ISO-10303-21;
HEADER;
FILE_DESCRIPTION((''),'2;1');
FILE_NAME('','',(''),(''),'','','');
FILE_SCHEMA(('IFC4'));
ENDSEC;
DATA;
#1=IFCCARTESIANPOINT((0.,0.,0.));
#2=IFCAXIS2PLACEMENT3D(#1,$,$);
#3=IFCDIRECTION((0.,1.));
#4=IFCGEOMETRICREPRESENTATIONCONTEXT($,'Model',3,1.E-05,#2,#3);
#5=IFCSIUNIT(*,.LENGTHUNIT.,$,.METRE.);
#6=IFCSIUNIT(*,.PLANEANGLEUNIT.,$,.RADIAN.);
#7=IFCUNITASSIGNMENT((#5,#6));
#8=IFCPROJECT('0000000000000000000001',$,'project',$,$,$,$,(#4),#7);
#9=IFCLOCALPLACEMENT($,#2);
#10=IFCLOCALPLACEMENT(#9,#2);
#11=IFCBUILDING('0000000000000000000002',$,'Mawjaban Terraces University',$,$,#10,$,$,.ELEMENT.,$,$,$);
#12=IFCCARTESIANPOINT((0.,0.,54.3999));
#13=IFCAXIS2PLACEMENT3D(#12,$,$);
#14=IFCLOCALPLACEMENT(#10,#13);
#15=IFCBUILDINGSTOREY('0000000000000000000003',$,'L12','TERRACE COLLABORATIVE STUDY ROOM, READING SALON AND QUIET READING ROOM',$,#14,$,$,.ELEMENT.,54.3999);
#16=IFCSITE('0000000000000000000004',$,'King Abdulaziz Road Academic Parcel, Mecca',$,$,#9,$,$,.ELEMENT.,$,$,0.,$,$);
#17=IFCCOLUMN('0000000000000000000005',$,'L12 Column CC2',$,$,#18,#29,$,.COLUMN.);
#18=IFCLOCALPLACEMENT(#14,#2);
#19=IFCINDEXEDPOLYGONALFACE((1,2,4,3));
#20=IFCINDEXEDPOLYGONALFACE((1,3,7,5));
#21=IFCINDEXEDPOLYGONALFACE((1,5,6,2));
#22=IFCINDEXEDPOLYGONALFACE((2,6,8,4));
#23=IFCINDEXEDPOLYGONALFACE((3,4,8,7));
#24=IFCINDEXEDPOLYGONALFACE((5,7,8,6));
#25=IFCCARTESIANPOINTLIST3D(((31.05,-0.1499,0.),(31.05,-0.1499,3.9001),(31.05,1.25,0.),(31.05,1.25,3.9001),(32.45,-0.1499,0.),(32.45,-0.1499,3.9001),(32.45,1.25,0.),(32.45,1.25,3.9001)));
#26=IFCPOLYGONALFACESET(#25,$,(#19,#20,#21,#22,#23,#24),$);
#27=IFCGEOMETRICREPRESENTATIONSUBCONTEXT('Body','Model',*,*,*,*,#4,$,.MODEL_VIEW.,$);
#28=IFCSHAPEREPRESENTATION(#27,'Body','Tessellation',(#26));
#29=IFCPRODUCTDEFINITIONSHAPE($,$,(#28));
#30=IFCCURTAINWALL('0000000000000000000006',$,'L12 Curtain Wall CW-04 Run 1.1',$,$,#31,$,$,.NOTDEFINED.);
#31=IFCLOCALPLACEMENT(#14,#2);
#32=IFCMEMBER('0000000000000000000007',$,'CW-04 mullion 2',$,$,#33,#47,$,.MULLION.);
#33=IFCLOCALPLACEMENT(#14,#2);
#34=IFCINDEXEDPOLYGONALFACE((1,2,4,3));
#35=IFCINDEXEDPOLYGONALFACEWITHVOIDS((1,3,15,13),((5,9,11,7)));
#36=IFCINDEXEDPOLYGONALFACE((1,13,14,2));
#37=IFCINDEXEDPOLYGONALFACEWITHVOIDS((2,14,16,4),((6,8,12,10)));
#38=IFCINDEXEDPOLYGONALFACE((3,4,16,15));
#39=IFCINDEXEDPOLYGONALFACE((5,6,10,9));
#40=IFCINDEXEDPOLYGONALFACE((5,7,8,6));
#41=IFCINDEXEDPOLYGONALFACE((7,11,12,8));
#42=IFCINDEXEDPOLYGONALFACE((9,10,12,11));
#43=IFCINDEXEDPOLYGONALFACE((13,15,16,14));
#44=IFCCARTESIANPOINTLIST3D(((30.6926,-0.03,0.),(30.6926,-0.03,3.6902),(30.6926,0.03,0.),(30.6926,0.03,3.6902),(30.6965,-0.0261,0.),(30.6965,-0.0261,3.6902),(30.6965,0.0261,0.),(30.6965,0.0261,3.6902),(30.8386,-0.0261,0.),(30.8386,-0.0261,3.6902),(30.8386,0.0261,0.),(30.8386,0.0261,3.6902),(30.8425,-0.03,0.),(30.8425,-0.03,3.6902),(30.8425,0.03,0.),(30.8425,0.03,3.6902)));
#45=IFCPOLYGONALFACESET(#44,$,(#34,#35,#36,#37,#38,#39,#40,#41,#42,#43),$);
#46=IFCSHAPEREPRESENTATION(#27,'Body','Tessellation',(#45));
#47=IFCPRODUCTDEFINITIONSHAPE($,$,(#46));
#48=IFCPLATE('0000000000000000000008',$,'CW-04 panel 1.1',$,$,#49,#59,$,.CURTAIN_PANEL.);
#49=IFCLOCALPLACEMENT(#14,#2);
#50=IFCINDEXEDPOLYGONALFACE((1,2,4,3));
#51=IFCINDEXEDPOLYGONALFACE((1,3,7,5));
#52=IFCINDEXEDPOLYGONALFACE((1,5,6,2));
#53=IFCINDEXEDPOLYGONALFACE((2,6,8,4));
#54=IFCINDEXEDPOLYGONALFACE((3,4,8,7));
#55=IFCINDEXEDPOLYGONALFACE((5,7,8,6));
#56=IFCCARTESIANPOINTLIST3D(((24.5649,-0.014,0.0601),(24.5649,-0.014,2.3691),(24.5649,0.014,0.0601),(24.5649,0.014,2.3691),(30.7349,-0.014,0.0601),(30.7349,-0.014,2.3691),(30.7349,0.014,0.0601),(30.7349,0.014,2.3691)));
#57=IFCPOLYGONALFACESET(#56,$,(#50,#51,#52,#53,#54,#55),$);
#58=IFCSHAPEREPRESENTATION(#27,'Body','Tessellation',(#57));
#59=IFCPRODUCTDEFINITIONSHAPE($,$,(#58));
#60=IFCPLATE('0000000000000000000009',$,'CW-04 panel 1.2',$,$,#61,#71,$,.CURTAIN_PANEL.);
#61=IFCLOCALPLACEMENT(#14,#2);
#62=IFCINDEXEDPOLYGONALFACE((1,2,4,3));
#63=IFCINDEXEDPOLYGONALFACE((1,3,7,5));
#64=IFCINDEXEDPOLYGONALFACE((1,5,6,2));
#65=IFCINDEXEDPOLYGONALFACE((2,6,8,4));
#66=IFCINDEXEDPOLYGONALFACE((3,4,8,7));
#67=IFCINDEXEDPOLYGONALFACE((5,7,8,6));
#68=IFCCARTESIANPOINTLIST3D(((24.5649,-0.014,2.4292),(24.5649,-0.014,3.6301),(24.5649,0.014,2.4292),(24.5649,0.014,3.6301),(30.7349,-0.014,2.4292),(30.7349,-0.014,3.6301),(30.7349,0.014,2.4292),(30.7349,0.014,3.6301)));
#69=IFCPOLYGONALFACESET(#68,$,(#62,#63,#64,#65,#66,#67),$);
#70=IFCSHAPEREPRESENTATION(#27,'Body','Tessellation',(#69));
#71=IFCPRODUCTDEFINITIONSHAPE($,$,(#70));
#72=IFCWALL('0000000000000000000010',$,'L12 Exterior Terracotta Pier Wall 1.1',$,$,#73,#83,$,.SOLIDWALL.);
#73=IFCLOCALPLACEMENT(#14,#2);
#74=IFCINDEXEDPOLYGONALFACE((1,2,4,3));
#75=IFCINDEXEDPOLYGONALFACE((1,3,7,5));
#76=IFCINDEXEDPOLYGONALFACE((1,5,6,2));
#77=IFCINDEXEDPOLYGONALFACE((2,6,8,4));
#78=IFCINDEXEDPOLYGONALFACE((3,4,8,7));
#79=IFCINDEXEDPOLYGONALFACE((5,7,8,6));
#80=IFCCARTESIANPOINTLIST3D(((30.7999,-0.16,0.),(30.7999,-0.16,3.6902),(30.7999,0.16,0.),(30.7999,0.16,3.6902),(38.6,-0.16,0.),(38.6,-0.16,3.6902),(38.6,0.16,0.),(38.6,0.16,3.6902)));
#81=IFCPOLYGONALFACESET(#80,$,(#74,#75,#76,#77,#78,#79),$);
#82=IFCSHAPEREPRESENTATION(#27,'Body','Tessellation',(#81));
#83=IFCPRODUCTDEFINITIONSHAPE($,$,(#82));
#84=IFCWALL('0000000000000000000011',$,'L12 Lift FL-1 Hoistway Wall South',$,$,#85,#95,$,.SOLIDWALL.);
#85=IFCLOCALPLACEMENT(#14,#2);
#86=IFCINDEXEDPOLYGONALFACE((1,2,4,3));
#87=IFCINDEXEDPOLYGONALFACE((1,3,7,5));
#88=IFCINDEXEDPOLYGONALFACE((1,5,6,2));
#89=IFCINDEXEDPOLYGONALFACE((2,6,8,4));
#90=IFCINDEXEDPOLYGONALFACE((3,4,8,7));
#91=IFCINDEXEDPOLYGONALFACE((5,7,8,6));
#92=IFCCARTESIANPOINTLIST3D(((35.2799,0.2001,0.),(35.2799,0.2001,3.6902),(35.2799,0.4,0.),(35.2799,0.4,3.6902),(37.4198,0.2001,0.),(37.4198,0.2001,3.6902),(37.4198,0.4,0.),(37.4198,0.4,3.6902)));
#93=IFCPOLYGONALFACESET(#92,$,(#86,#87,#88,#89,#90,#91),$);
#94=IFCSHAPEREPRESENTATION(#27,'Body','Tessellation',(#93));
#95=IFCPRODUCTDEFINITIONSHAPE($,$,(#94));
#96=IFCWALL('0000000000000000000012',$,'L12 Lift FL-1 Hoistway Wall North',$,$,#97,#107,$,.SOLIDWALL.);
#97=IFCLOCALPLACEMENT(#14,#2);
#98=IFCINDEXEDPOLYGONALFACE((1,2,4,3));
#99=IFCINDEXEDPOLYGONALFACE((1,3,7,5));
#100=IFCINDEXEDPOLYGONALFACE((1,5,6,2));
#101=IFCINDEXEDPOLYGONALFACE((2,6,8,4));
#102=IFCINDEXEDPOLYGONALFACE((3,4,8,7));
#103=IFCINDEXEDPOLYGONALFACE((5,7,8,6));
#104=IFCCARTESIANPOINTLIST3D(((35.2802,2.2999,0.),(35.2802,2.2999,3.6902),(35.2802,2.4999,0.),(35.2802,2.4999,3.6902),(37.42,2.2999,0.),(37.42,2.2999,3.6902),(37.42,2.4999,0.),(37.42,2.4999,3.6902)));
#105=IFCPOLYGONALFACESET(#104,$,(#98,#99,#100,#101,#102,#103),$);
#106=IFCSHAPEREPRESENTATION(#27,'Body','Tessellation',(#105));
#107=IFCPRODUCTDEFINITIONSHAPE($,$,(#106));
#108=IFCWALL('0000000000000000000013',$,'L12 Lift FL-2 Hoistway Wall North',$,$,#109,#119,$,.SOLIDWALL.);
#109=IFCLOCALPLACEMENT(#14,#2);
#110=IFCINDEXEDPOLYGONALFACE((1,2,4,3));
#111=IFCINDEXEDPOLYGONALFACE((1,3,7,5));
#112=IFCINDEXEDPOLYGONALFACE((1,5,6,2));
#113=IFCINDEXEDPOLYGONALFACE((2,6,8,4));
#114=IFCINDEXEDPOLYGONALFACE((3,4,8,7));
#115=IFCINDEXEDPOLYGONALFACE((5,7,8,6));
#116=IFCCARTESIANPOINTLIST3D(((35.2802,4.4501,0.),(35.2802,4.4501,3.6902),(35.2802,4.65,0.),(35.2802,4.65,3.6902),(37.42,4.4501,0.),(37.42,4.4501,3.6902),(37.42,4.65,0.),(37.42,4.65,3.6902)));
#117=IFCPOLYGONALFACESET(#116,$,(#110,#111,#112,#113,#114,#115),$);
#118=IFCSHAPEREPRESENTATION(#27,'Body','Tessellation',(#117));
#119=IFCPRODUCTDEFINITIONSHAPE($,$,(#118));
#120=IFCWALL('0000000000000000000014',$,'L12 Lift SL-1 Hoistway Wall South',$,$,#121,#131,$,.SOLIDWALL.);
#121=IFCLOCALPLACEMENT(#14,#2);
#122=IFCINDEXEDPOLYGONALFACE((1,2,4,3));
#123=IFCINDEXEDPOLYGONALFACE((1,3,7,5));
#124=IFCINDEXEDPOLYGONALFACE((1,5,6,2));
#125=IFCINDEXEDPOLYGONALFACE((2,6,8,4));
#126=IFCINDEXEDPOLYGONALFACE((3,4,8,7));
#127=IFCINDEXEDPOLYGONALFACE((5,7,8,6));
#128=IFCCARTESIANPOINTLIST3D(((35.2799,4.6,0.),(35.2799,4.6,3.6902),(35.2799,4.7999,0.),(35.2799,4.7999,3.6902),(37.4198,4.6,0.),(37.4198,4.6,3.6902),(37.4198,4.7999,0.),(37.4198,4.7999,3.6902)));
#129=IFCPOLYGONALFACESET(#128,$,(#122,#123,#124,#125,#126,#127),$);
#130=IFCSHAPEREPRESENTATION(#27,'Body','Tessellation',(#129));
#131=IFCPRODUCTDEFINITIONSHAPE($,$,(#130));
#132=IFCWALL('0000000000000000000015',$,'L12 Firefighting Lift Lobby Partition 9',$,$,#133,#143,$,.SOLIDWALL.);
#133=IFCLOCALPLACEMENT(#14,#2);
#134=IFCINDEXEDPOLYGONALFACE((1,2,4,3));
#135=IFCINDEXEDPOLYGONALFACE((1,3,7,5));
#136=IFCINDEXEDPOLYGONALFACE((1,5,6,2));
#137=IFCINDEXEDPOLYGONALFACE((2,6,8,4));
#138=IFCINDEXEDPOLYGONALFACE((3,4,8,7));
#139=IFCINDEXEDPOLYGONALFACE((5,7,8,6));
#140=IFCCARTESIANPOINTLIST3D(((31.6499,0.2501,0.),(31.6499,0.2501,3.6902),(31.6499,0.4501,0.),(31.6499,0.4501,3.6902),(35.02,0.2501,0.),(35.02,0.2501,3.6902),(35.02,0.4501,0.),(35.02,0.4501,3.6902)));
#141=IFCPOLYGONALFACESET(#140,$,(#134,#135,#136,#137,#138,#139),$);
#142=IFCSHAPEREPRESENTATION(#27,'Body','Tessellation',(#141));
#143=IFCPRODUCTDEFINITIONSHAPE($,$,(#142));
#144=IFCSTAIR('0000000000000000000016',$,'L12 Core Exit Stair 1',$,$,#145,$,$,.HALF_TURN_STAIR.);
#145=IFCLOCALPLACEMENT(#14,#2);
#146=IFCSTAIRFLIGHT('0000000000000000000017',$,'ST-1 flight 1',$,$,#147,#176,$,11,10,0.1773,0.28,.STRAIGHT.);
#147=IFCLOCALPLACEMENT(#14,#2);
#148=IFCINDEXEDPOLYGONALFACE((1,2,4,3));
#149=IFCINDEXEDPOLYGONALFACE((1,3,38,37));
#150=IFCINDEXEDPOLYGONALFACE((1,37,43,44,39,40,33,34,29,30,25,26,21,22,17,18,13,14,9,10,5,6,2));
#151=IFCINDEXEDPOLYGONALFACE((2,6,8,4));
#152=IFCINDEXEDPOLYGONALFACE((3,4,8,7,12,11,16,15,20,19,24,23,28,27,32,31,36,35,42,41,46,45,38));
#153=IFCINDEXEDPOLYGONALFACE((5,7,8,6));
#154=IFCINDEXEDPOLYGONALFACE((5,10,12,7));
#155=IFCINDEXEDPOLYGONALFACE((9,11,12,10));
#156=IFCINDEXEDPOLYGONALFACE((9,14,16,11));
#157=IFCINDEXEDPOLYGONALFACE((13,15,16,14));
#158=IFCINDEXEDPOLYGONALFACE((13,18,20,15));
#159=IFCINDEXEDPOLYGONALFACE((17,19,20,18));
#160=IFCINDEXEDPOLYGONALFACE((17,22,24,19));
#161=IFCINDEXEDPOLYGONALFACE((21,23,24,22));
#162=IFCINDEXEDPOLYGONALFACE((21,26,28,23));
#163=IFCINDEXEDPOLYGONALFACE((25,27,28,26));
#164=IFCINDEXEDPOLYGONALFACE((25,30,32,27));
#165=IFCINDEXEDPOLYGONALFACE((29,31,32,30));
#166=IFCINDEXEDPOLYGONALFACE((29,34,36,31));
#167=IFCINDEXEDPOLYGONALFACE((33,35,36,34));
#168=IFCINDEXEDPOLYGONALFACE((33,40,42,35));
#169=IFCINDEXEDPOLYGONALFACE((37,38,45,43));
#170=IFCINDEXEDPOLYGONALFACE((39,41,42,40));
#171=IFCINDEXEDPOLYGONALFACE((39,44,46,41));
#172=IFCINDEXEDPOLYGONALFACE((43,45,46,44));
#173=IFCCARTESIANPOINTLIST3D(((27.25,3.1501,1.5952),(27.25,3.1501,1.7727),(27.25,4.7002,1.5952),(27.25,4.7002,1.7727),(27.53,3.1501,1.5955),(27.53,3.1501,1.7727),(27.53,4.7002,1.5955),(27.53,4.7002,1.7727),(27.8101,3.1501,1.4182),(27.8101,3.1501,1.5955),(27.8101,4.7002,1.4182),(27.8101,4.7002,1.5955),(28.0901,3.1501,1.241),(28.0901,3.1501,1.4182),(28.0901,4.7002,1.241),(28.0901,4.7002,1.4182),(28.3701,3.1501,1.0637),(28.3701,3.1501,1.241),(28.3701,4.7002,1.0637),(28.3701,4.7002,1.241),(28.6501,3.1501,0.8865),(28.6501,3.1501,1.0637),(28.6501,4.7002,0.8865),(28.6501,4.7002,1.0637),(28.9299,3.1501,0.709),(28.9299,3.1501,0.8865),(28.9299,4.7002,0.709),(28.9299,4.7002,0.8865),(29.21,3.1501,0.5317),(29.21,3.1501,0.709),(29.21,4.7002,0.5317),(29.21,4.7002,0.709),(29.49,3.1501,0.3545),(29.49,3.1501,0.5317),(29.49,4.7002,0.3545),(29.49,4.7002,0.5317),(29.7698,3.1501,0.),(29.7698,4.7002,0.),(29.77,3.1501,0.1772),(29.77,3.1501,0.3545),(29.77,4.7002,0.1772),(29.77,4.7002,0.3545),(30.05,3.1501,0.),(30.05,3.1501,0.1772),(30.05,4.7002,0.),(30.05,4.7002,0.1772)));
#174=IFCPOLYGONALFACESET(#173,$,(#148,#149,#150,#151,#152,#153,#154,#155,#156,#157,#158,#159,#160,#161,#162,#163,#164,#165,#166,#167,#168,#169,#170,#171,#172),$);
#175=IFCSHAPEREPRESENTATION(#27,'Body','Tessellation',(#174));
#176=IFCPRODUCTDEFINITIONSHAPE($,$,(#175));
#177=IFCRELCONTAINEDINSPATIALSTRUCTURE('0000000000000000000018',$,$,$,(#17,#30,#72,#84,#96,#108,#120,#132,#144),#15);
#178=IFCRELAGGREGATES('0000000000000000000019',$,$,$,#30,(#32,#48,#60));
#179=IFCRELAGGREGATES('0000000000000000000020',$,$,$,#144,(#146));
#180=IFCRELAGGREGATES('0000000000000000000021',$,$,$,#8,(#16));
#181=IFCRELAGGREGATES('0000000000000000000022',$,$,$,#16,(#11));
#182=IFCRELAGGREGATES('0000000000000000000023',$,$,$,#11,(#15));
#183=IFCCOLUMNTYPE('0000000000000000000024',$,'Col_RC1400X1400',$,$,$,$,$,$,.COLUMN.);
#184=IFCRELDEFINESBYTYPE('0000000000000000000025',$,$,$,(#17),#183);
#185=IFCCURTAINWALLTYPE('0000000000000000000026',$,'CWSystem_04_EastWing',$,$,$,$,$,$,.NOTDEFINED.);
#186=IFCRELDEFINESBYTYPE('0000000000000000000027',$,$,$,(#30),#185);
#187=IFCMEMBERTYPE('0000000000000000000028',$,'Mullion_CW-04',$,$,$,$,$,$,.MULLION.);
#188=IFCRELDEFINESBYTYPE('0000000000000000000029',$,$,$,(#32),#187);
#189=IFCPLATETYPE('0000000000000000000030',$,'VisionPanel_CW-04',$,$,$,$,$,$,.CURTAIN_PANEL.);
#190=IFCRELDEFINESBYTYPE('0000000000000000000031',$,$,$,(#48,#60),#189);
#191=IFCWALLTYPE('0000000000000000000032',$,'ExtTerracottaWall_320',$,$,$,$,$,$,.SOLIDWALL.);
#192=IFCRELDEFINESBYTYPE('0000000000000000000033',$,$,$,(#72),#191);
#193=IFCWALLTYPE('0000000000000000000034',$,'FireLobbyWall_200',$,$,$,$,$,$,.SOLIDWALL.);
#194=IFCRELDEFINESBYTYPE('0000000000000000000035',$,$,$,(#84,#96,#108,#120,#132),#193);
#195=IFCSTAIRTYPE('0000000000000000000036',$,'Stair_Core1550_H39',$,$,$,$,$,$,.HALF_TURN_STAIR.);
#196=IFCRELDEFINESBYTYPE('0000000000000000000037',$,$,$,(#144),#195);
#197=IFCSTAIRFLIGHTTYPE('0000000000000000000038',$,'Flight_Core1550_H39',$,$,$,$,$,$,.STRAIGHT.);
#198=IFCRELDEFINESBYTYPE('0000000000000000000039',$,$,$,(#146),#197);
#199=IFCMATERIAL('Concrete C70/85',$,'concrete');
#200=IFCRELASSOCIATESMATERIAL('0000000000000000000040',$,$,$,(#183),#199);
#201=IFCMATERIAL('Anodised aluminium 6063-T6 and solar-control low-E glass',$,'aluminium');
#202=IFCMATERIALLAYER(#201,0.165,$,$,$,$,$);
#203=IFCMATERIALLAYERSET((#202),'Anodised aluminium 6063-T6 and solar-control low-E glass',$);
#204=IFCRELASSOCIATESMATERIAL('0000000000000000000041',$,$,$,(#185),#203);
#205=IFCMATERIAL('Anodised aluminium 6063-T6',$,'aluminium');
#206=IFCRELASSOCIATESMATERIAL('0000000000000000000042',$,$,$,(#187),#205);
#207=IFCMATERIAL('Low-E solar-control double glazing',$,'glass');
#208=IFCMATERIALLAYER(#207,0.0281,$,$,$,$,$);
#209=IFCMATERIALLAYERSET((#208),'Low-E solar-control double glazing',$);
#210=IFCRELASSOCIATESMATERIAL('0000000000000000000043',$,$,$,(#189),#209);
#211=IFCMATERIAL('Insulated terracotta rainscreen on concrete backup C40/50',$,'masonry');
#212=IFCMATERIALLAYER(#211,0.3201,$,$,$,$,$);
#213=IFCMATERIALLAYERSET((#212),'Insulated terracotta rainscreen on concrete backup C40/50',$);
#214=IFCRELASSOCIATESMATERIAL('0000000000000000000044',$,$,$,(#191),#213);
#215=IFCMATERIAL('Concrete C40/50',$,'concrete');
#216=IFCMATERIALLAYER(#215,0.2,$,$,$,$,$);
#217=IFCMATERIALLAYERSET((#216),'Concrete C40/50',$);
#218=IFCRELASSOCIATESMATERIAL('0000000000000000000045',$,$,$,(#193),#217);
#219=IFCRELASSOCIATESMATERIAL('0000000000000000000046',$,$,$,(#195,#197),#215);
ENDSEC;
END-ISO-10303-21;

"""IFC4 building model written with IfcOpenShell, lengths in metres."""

from ifc_helpers import new_model, si_unit, direction, frame, frame_2d, origin, origin_2d, place, context, subcontext, project, spatial, polyline, rectangle, hollow_rectangle, outline, extrude, material, layer, layer_set, material_profile, profile_set, type_object, element, aggregate, save


model = new_model("IFC4")

# Units and contexts
model_context = context("Model", 3, precision=1e-05, world=origin(), true_north=direction((0.0, 1.0)))
body_context = subcontext(model_context, "Body", "Model", "MODEL_VIEW")
ifc_project = project(units=[si_unit("LENGTHUNIT", "METRE"), si_unit("PLANEANGLEUNIT", "RADIAN")], contexts=[model_context])

# Site, building, storey
site_placement = place(None, origin())
site = spatial("IfcSite", under=ifc_project, at=site_placement, Name="King Abdulaziz Road Academic Parcel, Mecca", CompositionType="ELEMENT", RefElevation=0.0)
building_placement = place(site_placement, origin())
building = spatial("IfcBuilding", under=site, at=building_placement, Name="Mawjaban Terraces University", CompositionType="ELEMENT")
storey_placement = place(building_placement, frame((0.0, 0.0, 54.3999)))
storey = spatial("IfcBuildingStorey", under=building, at=storey_placement, Name="L12", Description="TERRACE COLLABORATIVE STUDY ROOM, READING SALON AND QUIET READING ROOM", CompositionType="ELEMENT", Elevation=54.3999)

# Column
ifc_material_1 = material(Name="Concrete C70/85", Category="concrete")
ifc_material_profile_1 = material_profile(ifc_material_1, rectangle(XDim=1.3999, YDim=1.3999, at=origin_2d()), Name="RC1400X1400")
ifc_profile_set_1 = profile_set([ifc_material_profile_1], Name="Concrete C70/85")
column_type = type_object("IfcColumnType", Name="Col_RC1400X1400", PredefinedType="COLUMN", material=ifc_profile_set_1)
column_placement = place(storey_placement, frame((31.75, 0.55, 0.0), z_axis=(0.0, 0.0, 1.0), x_axis=(1.0, 0.0, 0.0)))
element("IfcColumn", 1, at=column_placement, inside=storey, type_object=column_type, Name="L12 Column CC2", PredefinedType="COLUMN", context=body_context, shape_type="SweptSolid", body=[
    extrude(rectangle(XDim=1.3999, YDim=1.3999, at=origin_2d()), origin(), (0.0, 0.0, 1.0), 3.9001),
])

# Curtain wall, member, plates
ifc_material_2 = material(Name="Anodised aluminium 6063-T6 and solar-control low-E glass", Category="aluminium")
ifc_layer_1 = layer(ifc_material_2, 0.165)
ifc_layer_set_1 = layer_set([ifc_layer_1], Name="Anodised aluminium 6063-T6 and solar-control low-E glass")
curtain_wall_type = type_object("IfcCurtainWallType", Name="CWSystem_04_EastWing", PredefinedType="NOTDEFINED", material=ifc_layer_set_1)
curtain_wall_placement = place(storey_placement, origin())
curtain_wall = element("IfcCurtainWall", 2, at=curtain_wall_placement, inside=storey, type_object=curtain_wall_type, Name="L12 Curtain Wall CW-04 Run 1.1", PredefinedType="NOTDEFINED")
ifc_material_3 = material(Name="Anodised aluminium 6063-T6", Category="aluminium")
ifc_material_profile_2 = material_profile(ifc_material_3, hollow_rectangle(XDim=0.0601, YDim=0.1499, WallThickness=0.0039, at=origin_2d()), Name="ALU150X60X4")
ifc_profile_set_2 = profile_set([ifc_material_profile_2], Name="Anodised aluminium 6063-T6")
member_type = type_object("IfcMemberType", Name="Mullion_CW-04", PredefinedType="MULLION", material=ifc_profile_set_2)
member_placement = place(storey_placement, frame((30.7676, 0.0, 0.0), z_axis=(0.0, 0.0, 1.0), x_axis=(0.0, 1.0, 0.0)))
member = element("IfcMember", 3, at=member_placement, type_object=member_type, Name="CW-04 mullion 2", PredefinedType="MULLION", context=body_context, shape_type="SweptSolid", body=[
    extrude(hollow_rectangle(XDim=0.0601, YDim=0.1499, WallThickness=0.0039, at=origin_2d()), origin(), (0.0, 0.0, 1.0), 3.6902),
])
ifc_material_4 = material(Name="Low-E solar-control double glazing", Category="glass")
ifc_layer_2 = layer(ifc_material_4, 0.0281)
ifc_layer_set_2 = layer_set([ifc_layer_2], Name="Low-E solar-control double glazing")
plate_type = type_object("IfcPlateType", Name="VisionPanel_CW-04", PredefinedType="CURTAIN_PANEL", material=ifc_layer_set_2)
plate_1_placement = place(storey_placement, frame((27.6499, 0.0, 0.0601), z_axis=(0.0, 0.0, 1.0), x_axis=(1.0, 0.0, 0.0)))
plate_1 = element("IfcPlate", 4, at=plate_1_placement, type_object=plate_type, Name="CW-04 panel 1.1", PredefinedType="CURTAIN_PANEL", context=body_context, shape_type="SweptSolid", body=[
    extrude(rectangle(XDim=6.1699, YDim=0.0281, at=origin_2d()), origin(), (0.0, 0.0, 1.0), 2.3091),
])
plate_2_placement = place(storey_placement, frame((27.6499, 0.0, 2.4292), z_axis=(0.0, 0.0, 1.0), x_axis=(1.0, 0.0, 0.0)))
plate_2 = element("IfcPlate", 5, at=plate_2_placement, type_object=plate_type, Name="CW-04 panel 1.2", PredefinedType="CURTAIN_PANEL", context=body_context, shape_type="SweptSolid", body=[
    extrude(rectangle(XDim=6.1699, YDim=0.0281, at=origin_2d()), origin(), (0.0, 0.0, 1.0), 1.2009),
])
aggregate(curtain_wall, [member, plate_1, plate_2])

# Wall
ifc_material_5 = material(Name="Insulated terracotta rainscreen on concrete backup C40/50", Category="masonry")
ifc_layer_3 = layer(ifc_material_5, 0.3201)
ifc_layer_set_3 = layer_set([ifc_layer_3], Name="Insulated terracotta rainscreen on concrete backup C40/50")
wall_type_1 = type_object("IfcWallType", Name="ExtTerracottaWall_320", PredefinedType="SOLIDWALL", material=ifc_layer_set_3)
wall_1_placement = place(storey_placement, frame((30.8, 0.0, 0.0), z_axis=(0.0, 0.0, 1.0), x_axis=(1.0, 0.0, 0.0)))
element("IfcWall", 6, at=wall_1_placement, inside=storey, type_object=wall_type_1, Name="L12 Exterior Terracotta Pier Wall 1.1", PredefinedType="SOLIDWALL", context=body_context, shape_type="SweptSolid", body=[
    extrude(rectangle(XDim=7.8, YDim=0.3201, at=frame_2d((3.8999, 0.0))), origin(), (0.0, 0.0, 1.0), 3.6902),
])

# Shared definitions
ifc_material_6 = material(Name="Concrete C40/50", Category="concrete")
ifc_layer_4 = layer(ifc_material_6, 0.2)
ifc_layer_set_4 = layer_set([ifc_layer_4], Name="Concrete C40/50")
wall_type_2 = type_object("IfcWallType", Name="FireLobbyWall_200", PredefinedType="SOLIDWALL", material=ifc_layer_set_4)

# Walls
for number, where, z_axis, x_axis, name in (
    (7, (35.28, 0.3, 0.0), (0.0, 0.0, 1.0), (1.0, 0.0, 0.0), "L12 Lift FL-1 Hoistway Wall South"),
    (8, (37.4199, 2.3999, 0.0), (0.0, 0.0, 1.0), (-1.0, 0.0, 0.0), "L12 Lift FL-1 Hoistway Wall North"),
):
    element("IfcWall", number, at=place(storey_placement, frame(where, z_axis=z_axis, x_axis=x_axis)), inside=storey, type_object=wall_type_2, Name=name, PredefinedType="SOLIDWALL", context=body_context, shape_type="SweptSolid", body=[
        extrude(rectangle(XDim=2.1399, YDim=0.2, at=frame_2d((1.0698, 0.0))), origin(), (0.0, 0.0, 1.0), 3.6902),
    ])

# Walls
for number, where, z_axis, x_axis, name in (
    (9, (37.4199, 4.55, 0.0), (0.0, 0.0, 1.0), (-1.0, 0.0, 0.0), "L12 Lift FL-2 Hoistway Wall North"),
    (10, (35.28, 4.7, 0.0), (0.0, 0.0, 1.0), (1.0, 0.0, 0.0), "L12 Lift SL-1 Hoistway Wall South"),
):
    element("IfcWall", number, at=place(storey_placement, frame(where, z_axis=z_axis, x_axis=x_axis)), inside=storey, type_object=wall_type_2, Name=name, PredefinedType="SOLIDWALL", context=body_context, shape_type="SweptSolid", body=[
        extrude(rectangle(XDim=2.1399, YDim=0.2, at=frame_2d((1.0698, 0.0))), origin(), (0.0, 0.0, 1.0), 3.6902),
    ])
wall_2_placement = place(storey_placement, frame((31.6499, 0.3501, 0.0), z_axis=(0.0, 0.0, 1.0), x_axis=(1.0, 0.0, 0.0)))
element("IfcWall", 11, at=wall_2_placement, inside=storey, type_object=wall_type_2, Name="L12 Firefighting Lift Lobby Partition 9", PredefinedType="SOLIDWALL", context=body_context, shape_type="SweptSolid", body=[
    extrude(rectangle(XDim=3.3701, YDim=0.2, at=frame_2d((1.6851, 0.0))), origin(), (0.0, 0.0, 1.0), 3.6902),
])

# Stair, stair flight
stair_type = type_object("IfcStairType", Name="Stair_Core1550_H39", PredefinedType="HALF_TURN_STAIR", material=ifc_material_6)
stair_placement = place(storey_placement, origin())
stair = element("IfcStair", 12, at=stair_placement, inside=storey, type_object=stair_type, Name="L12 Core Exit Stair 1", PredefinedType="HALF_TURN_STAIR")
stair_flight_type = type_object("IfcStairFlightType", Name="Flight_Core1550_H39", PredefinedType="STRAIGHT", material=ifc_material_6)
stair_flight_1_placement = place(storey_placement, frame((30.05, 3.925, 0.0), z_axis=(0.0, 0.0, 1.0), x_axis=(-1.0, 0.0, 0.0)))
stair_flight_1 = element("IfcStairFlight", 13, at=stair_flight_1_placement, type_object=stair_flight_type, Name="ST-1 flight 1", NumberOfRisers=11, NumberOfTreads=10, PredefinedType="STRAIGHT", RiserHeight=0.1773, TreadLength=0.28, context=body_context, shape_type="SweptSolid", body=[
    extrude(outline(polyline([(0.0, 0.0), (0.0, 0.1772), (0.28, 0.1772), (0.28, 0.3545), (0.5601, 0.3545), (0.5601, 0.5317), (0.8401, 0.5317), (0.8401, 0.709), (1.1201, 0.709), (1.1201, 0.8865), (1.3999, 0.8865), (1.3999, 1.0637), (1.6799, 1.0637), (1.6799, 1.241), (1.96, 1.241), (1.96, 1.4182), (2.24, 1.4182), (2.24, 1.5955), (2.52, 1.5955), (2.52, 1.7727), (2.8, 1.7727), (2.8, 1.95), (2.8, 1.5952), (0.2803, 0.0), (0.0, 0.0)])), frame((0.0, 0.7749, 0.0), z_axis=(0.0, -1.0, 0.0), x_axis=(1.0, 0.0, 0.0)), (0.0, 0.0, 1.0), 1.55),
])
aggregate(stair, [stair_flight_1])

save(model, "model.ifc")
